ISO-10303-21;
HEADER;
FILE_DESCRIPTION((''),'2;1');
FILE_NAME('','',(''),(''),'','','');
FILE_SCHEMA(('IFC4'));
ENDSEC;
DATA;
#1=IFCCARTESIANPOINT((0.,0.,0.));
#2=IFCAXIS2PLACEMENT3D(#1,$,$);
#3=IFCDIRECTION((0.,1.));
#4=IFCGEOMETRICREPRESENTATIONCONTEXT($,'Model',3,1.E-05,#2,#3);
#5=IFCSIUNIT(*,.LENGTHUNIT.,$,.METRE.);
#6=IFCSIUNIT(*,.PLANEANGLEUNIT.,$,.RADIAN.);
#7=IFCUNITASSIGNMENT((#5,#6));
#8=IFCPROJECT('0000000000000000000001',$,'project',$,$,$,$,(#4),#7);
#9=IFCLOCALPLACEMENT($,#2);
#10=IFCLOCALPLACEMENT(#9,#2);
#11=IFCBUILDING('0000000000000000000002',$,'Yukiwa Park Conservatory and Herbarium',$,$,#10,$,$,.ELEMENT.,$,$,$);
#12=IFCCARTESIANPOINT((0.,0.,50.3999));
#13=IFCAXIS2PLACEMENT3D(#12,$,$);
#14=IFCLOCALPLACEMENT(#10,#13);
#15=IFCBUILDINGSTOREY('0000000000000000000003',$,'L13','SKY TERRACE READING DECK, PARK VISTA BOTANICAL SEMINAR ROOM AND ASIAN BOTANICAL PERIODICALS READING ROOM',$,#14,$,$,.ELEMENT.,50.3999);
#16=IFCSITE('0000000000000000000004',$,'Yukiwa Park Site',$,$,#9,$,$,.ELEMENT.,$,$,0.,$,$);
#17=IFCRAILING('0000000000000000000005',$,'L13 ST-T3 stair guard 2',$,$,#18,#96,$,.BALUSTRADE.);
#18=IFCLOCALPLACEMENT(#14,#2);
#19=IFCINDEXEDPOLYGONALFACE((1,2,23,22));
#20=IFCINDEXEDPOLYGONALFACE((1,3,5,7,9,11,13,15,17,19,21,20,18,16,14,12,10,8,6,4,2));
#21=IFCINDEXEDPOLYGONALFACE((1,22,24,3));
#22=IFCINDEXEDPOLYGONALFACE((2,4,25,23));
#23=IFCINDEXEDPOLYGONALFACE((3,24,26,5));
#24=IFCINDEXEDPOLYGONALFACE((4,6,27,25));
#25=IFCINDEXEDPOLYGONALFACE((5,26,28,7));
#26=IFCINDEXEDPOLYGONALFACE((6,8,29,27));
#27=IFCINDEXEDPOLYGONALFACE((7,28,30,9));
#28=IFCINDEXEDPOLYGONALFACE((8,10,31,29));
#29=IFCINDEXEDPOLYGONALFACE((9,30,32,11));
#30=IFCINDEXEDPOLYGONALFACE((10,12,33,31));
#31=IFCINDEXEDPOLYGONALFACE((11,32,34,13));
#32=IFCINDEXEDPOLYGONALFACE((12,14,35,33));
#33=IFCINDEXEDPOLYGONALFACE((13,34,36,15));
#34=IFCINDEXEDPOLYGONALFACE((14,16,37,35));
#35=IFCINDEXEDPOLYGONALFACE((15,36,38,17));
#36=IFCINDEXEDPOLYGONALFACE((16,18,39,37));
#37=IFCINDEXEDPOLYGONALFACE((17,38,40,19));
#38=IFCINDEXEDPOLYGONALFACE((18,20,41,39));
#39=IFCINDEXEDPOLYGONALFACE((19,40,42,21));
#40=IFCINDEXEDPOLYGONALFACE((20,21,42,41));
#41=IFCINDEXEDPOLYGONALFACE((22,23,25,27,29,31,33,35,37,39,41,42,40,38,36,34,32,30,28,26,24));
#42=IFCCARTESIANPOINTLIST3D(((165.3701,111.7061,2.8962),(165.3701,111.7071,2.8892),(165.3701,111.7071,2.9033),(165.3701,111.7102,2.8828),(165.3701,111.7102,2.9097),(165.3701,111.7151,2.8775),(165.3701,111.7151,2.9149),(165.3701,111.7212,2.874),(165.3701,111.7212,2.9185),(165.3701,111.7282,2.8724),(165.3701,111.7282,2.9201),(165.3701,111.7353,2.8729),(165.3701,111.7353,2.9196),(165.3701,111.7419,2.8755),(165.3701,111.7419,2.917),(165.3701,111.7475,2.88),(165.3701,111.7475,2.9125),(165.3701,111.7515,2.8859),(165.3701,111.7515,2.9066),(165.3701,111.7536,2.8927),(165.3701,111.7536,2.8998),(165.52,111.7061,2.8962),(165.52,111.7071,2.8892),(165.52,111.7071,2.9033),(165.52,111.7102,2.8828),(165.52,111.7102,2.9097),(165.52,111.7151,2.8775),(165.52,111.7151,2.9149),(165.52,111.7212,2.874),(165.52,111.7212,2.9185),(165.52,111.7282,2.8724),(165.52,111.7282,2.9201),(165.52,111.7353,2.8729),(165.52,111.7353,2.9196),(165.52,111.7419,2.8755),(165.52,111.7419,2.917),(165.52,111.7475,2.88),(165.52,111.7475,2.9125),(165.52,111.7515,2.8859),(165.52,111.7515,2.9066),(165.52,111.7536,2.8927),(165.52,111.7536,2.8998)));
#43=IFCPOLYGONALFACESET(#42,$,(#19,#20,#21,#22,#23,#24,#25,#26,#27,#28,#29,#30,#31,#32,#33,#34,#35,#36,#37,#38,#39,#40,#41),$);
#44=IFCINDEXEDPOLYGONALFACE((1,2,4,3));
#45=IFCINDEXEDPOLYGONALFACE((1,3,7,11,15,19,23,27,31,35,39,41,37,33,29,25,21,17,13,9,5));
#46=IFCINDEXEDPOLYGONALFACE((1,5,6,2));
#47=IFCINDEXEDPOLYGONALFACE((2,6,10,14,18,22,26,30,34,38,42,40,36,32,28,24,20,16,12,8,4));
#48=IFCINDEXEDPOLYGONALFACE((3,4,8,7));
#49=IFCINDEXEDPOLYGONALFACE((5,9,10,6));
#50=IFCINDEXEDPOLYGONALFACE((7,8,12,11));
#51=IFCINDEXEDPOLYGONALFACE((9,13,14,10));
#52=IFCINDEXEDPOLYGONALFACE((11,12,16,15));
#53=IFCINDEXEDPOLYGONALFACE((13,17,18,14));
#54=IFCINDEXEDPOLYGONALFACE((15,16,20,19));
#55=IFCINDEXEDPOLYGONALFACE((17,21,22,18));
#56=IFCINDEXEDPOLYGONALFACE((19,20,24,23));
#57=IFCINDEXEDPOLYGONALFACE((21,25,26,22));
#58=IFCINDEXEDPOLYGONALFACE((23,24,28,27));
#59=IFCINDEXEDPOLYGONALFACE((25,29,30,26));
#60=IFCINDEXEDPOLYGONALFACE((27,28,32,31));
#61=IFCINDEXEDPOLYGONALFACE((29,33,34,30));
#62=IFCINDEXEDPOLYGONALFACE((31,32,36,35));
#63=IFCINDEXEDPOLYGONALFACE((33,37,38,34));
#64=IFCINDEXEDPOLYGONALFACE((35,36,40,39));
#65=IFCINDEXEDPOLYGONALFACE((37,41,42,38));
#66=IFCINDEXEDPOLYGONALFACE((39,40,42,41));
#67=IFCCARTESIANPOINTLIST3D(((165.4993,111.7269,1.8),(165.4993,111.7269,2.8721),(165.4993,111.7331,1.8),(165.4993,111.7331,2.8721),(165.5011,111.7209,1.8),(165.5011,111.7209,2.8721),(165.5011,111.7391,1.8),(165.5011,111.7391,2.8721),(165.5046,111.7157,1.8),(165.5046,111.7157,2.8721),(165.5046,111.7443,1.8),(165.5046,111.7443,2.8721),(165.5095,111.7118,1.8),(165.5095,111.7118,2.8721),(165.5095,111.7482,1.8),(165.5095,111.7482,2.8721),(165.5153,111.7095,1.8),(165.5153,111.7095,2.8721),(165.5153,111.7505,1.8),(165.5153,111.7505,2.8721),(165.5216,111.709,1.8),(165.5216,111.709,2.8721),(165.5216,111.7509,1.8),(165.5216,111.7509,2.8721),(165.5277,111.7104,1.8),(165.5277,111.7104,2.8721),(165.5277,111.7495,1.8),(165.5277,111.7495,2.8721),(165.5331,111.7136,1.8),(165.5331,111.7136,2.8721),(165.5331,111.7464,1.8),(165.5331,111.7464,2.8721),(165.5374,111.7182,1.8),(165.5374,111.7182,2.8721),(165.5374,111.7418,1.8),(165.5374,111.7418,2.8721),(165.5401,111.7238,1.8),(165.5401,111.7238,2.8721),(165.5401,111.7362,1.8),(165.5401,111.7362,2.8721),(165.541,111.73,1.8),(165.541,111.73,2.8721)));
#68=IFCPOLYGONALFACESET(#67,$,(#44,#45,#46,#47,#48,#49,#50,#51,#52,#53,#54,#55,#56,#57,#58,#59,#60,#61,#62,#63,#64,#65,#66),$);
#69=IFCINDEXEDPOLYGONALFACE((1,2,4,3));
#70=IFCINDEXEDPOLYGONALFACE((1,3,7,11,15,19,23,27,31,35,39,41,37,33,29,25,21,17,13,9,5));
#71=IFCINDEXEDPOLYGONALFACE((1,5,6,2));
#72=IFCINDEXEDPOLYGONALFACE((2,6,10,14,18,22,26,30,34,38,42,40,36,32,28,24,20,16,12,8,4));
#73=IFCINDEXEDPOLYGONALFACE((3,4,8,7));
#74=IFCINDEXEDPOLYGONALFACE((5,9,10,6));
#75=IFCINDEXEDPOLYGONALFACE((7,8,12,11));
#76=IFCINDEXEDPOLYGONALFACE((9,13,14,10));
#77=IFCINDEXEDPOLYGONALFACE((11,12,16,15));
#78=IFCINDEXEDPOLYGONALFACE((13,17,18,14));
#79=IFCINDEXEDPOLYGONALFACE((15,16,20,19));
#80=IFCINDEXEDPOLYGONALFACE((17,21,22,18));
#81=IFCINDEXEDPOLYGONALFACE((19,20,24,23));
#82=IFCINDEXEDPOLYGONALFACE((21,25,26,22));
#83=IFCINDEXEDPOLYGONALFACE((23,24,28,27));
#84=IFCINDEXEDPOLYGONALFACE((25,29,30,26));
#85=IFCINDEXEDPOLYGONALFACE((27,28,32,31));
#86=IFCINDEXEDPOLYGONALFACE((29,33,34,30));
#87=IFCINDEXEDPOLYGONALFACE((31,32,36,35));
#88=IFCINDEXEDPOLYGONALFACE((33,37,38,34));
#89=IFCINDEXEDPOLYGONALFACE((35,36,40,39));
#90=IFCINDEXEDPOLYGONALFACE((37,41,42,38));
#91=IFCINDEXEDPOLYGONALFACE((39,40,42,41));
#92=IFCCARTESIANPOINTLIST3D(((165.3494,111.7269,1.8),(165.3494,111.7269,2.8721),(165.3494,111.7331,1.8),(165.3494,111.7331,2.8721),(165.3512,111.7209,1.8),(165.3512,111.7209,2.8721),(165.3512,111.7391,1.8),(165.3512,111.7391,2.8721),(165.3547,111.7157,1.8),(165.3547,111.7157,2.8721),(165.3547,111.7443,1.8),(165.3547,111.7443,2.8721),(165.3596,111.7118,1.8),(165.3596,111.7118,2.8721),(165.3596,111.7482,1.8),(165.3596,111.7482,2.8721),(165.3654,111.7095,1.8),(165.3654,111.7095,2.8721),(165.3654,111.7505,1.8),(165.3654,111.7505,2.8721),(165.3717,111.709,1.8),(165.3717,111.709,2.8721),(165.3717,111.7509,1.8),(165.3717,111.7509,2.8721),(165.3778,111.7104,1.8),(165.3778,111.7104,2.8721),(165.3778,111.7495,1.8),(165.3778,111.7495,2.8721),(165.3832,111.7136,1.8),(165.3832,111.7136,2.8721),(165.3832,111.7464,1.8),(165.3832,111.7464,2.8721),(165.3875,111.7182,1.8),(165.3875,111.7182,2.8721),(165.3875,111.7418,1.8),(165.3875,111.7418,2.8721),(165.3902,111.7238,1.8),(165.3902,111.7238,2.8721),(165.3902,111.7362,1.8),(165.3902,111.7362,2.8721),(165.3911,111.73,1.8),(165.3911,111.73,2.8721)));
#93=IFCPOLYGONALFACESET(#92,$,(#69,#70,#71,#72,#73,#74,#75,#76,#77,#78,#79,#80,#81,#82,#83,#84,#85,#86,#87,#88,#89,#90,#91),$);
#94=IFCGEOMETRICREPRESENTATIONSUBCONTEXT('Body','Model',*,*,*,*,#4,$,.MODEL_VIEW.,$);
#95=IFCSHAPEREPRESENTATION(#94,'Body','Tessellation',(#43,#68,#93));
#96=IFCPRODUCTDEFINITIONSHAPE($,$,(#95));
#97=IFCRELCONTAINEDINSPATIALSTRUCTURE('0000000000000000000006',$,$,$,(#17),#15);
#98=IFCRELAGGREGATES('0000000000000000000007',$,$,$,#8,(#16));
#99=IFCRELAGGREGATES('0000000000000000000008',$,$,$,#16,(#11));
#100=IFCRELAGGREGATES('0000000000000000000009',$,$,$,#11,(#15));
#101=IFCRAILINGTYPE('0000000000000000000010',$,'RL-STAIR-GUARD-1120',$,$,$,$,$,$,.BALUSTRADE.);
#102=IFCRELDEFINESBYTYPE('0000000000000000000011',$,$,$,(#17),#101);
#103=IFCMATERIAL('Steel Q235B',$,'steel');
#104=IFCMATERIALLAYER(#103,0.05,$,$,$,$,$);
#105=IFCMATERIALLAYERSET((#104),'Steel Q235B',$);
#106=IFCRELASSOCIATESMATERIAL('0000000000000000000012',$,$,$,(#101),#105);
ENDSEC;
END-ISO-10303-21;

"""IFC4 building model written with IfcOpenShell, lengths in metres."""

from ifc_helpers import new_model, si_unit, direction, frame, origin, origin_2d, place, context, subcontext, project, spatial, circle, extrude, material, layer, layer_set, type_object, element, save


model = new_model("IFC4")

# Units and contexts
model_context = context("Model", 3, precision=1e-05, world=origin(), true_north=direction((0.0, 1.0)))
body_context = subcontext(model_context, "Body", "Model", "MODEL_VIEW")
ifc_project = project(units=[si_unit("LENGTHUNIT", "METRE"), si_unit("PLANEANGLEUNIT", "RADIAN")], contexts=[model_context])

# Site, building, storey
site_placement = place(None, origin())
site = spatial("IfcSite", under=ifc_project, at=site_placement, Name="Yukiwa Park Site", CompositionType="ELEMENT", RefElevation=0.0)
building_placement = place(site_placement, origin())
building = spatial("IfcBuilding", under=site, at=building_placement, Name="Yukiwa Park Conservatory and Herbarium", CompositionType="ELEMENT")
storey_placement = place(building_placement, frame((0.0, 0.0, 50.3999)))
storey = spatial("IfcBuildingStorey", under=building, at=storey_placement, Name="L13", Description="SKY TERRACE READING DECK, PARK VISTA BOTANICAL SEMINAR ROOM AND ASIAN BOTANICAL PERIODICALS READING ROOM", CompositionType="ELEMENT", Elevation=50.3999)

# Railing
ifc_material_1 = material(Name="Steel Q235B", Category="steel")
ifc_layer_1 = layer(ifc_material_1, 0.05)
ifc_layer_set_1 = layer_set([ifc_layer_1], Name="Steel Q235B")
railing_type_1 = type_object("IfcRailingType", Name="RL-STAIR-GUARD-1120", PredefinedType="BALUSTRADE", material=ifc_layer_set_1)
railing_1_placement = place(storey_placement, frame((165.52, 111.73, 1.8)))
element("IfcRailing", 1, at=railing_1_placement, inside=storey, type_object=railing_type_1, Name="L13 ST-T3 stair guard 2", PredefinedType="BALUSTRADE", context=body_context, shape_type="SweptSolid", body=[
    extrude(circle(Radius=0.0239, at=origin_2d()), frame((0.0, 0.0, 1.0962), z_axis=(-1.0, 0.0, 0.0), x_axis=(0.0, -1.0, 0.0)), (0.0, 0.0, 1.0), 0.1499),
    extrude(circle(Radius=0.021, at=origin_2d()), origin(), (0.0, 0.0, 1.0), 1.072),
    extrude(circle(Radius=0.021, at=origin_2d()), frame((-0.1499, 0.0, 0.0)), (0.0, 0.0, 1.0), 1.072),
])

save(model, "model.ifc")
